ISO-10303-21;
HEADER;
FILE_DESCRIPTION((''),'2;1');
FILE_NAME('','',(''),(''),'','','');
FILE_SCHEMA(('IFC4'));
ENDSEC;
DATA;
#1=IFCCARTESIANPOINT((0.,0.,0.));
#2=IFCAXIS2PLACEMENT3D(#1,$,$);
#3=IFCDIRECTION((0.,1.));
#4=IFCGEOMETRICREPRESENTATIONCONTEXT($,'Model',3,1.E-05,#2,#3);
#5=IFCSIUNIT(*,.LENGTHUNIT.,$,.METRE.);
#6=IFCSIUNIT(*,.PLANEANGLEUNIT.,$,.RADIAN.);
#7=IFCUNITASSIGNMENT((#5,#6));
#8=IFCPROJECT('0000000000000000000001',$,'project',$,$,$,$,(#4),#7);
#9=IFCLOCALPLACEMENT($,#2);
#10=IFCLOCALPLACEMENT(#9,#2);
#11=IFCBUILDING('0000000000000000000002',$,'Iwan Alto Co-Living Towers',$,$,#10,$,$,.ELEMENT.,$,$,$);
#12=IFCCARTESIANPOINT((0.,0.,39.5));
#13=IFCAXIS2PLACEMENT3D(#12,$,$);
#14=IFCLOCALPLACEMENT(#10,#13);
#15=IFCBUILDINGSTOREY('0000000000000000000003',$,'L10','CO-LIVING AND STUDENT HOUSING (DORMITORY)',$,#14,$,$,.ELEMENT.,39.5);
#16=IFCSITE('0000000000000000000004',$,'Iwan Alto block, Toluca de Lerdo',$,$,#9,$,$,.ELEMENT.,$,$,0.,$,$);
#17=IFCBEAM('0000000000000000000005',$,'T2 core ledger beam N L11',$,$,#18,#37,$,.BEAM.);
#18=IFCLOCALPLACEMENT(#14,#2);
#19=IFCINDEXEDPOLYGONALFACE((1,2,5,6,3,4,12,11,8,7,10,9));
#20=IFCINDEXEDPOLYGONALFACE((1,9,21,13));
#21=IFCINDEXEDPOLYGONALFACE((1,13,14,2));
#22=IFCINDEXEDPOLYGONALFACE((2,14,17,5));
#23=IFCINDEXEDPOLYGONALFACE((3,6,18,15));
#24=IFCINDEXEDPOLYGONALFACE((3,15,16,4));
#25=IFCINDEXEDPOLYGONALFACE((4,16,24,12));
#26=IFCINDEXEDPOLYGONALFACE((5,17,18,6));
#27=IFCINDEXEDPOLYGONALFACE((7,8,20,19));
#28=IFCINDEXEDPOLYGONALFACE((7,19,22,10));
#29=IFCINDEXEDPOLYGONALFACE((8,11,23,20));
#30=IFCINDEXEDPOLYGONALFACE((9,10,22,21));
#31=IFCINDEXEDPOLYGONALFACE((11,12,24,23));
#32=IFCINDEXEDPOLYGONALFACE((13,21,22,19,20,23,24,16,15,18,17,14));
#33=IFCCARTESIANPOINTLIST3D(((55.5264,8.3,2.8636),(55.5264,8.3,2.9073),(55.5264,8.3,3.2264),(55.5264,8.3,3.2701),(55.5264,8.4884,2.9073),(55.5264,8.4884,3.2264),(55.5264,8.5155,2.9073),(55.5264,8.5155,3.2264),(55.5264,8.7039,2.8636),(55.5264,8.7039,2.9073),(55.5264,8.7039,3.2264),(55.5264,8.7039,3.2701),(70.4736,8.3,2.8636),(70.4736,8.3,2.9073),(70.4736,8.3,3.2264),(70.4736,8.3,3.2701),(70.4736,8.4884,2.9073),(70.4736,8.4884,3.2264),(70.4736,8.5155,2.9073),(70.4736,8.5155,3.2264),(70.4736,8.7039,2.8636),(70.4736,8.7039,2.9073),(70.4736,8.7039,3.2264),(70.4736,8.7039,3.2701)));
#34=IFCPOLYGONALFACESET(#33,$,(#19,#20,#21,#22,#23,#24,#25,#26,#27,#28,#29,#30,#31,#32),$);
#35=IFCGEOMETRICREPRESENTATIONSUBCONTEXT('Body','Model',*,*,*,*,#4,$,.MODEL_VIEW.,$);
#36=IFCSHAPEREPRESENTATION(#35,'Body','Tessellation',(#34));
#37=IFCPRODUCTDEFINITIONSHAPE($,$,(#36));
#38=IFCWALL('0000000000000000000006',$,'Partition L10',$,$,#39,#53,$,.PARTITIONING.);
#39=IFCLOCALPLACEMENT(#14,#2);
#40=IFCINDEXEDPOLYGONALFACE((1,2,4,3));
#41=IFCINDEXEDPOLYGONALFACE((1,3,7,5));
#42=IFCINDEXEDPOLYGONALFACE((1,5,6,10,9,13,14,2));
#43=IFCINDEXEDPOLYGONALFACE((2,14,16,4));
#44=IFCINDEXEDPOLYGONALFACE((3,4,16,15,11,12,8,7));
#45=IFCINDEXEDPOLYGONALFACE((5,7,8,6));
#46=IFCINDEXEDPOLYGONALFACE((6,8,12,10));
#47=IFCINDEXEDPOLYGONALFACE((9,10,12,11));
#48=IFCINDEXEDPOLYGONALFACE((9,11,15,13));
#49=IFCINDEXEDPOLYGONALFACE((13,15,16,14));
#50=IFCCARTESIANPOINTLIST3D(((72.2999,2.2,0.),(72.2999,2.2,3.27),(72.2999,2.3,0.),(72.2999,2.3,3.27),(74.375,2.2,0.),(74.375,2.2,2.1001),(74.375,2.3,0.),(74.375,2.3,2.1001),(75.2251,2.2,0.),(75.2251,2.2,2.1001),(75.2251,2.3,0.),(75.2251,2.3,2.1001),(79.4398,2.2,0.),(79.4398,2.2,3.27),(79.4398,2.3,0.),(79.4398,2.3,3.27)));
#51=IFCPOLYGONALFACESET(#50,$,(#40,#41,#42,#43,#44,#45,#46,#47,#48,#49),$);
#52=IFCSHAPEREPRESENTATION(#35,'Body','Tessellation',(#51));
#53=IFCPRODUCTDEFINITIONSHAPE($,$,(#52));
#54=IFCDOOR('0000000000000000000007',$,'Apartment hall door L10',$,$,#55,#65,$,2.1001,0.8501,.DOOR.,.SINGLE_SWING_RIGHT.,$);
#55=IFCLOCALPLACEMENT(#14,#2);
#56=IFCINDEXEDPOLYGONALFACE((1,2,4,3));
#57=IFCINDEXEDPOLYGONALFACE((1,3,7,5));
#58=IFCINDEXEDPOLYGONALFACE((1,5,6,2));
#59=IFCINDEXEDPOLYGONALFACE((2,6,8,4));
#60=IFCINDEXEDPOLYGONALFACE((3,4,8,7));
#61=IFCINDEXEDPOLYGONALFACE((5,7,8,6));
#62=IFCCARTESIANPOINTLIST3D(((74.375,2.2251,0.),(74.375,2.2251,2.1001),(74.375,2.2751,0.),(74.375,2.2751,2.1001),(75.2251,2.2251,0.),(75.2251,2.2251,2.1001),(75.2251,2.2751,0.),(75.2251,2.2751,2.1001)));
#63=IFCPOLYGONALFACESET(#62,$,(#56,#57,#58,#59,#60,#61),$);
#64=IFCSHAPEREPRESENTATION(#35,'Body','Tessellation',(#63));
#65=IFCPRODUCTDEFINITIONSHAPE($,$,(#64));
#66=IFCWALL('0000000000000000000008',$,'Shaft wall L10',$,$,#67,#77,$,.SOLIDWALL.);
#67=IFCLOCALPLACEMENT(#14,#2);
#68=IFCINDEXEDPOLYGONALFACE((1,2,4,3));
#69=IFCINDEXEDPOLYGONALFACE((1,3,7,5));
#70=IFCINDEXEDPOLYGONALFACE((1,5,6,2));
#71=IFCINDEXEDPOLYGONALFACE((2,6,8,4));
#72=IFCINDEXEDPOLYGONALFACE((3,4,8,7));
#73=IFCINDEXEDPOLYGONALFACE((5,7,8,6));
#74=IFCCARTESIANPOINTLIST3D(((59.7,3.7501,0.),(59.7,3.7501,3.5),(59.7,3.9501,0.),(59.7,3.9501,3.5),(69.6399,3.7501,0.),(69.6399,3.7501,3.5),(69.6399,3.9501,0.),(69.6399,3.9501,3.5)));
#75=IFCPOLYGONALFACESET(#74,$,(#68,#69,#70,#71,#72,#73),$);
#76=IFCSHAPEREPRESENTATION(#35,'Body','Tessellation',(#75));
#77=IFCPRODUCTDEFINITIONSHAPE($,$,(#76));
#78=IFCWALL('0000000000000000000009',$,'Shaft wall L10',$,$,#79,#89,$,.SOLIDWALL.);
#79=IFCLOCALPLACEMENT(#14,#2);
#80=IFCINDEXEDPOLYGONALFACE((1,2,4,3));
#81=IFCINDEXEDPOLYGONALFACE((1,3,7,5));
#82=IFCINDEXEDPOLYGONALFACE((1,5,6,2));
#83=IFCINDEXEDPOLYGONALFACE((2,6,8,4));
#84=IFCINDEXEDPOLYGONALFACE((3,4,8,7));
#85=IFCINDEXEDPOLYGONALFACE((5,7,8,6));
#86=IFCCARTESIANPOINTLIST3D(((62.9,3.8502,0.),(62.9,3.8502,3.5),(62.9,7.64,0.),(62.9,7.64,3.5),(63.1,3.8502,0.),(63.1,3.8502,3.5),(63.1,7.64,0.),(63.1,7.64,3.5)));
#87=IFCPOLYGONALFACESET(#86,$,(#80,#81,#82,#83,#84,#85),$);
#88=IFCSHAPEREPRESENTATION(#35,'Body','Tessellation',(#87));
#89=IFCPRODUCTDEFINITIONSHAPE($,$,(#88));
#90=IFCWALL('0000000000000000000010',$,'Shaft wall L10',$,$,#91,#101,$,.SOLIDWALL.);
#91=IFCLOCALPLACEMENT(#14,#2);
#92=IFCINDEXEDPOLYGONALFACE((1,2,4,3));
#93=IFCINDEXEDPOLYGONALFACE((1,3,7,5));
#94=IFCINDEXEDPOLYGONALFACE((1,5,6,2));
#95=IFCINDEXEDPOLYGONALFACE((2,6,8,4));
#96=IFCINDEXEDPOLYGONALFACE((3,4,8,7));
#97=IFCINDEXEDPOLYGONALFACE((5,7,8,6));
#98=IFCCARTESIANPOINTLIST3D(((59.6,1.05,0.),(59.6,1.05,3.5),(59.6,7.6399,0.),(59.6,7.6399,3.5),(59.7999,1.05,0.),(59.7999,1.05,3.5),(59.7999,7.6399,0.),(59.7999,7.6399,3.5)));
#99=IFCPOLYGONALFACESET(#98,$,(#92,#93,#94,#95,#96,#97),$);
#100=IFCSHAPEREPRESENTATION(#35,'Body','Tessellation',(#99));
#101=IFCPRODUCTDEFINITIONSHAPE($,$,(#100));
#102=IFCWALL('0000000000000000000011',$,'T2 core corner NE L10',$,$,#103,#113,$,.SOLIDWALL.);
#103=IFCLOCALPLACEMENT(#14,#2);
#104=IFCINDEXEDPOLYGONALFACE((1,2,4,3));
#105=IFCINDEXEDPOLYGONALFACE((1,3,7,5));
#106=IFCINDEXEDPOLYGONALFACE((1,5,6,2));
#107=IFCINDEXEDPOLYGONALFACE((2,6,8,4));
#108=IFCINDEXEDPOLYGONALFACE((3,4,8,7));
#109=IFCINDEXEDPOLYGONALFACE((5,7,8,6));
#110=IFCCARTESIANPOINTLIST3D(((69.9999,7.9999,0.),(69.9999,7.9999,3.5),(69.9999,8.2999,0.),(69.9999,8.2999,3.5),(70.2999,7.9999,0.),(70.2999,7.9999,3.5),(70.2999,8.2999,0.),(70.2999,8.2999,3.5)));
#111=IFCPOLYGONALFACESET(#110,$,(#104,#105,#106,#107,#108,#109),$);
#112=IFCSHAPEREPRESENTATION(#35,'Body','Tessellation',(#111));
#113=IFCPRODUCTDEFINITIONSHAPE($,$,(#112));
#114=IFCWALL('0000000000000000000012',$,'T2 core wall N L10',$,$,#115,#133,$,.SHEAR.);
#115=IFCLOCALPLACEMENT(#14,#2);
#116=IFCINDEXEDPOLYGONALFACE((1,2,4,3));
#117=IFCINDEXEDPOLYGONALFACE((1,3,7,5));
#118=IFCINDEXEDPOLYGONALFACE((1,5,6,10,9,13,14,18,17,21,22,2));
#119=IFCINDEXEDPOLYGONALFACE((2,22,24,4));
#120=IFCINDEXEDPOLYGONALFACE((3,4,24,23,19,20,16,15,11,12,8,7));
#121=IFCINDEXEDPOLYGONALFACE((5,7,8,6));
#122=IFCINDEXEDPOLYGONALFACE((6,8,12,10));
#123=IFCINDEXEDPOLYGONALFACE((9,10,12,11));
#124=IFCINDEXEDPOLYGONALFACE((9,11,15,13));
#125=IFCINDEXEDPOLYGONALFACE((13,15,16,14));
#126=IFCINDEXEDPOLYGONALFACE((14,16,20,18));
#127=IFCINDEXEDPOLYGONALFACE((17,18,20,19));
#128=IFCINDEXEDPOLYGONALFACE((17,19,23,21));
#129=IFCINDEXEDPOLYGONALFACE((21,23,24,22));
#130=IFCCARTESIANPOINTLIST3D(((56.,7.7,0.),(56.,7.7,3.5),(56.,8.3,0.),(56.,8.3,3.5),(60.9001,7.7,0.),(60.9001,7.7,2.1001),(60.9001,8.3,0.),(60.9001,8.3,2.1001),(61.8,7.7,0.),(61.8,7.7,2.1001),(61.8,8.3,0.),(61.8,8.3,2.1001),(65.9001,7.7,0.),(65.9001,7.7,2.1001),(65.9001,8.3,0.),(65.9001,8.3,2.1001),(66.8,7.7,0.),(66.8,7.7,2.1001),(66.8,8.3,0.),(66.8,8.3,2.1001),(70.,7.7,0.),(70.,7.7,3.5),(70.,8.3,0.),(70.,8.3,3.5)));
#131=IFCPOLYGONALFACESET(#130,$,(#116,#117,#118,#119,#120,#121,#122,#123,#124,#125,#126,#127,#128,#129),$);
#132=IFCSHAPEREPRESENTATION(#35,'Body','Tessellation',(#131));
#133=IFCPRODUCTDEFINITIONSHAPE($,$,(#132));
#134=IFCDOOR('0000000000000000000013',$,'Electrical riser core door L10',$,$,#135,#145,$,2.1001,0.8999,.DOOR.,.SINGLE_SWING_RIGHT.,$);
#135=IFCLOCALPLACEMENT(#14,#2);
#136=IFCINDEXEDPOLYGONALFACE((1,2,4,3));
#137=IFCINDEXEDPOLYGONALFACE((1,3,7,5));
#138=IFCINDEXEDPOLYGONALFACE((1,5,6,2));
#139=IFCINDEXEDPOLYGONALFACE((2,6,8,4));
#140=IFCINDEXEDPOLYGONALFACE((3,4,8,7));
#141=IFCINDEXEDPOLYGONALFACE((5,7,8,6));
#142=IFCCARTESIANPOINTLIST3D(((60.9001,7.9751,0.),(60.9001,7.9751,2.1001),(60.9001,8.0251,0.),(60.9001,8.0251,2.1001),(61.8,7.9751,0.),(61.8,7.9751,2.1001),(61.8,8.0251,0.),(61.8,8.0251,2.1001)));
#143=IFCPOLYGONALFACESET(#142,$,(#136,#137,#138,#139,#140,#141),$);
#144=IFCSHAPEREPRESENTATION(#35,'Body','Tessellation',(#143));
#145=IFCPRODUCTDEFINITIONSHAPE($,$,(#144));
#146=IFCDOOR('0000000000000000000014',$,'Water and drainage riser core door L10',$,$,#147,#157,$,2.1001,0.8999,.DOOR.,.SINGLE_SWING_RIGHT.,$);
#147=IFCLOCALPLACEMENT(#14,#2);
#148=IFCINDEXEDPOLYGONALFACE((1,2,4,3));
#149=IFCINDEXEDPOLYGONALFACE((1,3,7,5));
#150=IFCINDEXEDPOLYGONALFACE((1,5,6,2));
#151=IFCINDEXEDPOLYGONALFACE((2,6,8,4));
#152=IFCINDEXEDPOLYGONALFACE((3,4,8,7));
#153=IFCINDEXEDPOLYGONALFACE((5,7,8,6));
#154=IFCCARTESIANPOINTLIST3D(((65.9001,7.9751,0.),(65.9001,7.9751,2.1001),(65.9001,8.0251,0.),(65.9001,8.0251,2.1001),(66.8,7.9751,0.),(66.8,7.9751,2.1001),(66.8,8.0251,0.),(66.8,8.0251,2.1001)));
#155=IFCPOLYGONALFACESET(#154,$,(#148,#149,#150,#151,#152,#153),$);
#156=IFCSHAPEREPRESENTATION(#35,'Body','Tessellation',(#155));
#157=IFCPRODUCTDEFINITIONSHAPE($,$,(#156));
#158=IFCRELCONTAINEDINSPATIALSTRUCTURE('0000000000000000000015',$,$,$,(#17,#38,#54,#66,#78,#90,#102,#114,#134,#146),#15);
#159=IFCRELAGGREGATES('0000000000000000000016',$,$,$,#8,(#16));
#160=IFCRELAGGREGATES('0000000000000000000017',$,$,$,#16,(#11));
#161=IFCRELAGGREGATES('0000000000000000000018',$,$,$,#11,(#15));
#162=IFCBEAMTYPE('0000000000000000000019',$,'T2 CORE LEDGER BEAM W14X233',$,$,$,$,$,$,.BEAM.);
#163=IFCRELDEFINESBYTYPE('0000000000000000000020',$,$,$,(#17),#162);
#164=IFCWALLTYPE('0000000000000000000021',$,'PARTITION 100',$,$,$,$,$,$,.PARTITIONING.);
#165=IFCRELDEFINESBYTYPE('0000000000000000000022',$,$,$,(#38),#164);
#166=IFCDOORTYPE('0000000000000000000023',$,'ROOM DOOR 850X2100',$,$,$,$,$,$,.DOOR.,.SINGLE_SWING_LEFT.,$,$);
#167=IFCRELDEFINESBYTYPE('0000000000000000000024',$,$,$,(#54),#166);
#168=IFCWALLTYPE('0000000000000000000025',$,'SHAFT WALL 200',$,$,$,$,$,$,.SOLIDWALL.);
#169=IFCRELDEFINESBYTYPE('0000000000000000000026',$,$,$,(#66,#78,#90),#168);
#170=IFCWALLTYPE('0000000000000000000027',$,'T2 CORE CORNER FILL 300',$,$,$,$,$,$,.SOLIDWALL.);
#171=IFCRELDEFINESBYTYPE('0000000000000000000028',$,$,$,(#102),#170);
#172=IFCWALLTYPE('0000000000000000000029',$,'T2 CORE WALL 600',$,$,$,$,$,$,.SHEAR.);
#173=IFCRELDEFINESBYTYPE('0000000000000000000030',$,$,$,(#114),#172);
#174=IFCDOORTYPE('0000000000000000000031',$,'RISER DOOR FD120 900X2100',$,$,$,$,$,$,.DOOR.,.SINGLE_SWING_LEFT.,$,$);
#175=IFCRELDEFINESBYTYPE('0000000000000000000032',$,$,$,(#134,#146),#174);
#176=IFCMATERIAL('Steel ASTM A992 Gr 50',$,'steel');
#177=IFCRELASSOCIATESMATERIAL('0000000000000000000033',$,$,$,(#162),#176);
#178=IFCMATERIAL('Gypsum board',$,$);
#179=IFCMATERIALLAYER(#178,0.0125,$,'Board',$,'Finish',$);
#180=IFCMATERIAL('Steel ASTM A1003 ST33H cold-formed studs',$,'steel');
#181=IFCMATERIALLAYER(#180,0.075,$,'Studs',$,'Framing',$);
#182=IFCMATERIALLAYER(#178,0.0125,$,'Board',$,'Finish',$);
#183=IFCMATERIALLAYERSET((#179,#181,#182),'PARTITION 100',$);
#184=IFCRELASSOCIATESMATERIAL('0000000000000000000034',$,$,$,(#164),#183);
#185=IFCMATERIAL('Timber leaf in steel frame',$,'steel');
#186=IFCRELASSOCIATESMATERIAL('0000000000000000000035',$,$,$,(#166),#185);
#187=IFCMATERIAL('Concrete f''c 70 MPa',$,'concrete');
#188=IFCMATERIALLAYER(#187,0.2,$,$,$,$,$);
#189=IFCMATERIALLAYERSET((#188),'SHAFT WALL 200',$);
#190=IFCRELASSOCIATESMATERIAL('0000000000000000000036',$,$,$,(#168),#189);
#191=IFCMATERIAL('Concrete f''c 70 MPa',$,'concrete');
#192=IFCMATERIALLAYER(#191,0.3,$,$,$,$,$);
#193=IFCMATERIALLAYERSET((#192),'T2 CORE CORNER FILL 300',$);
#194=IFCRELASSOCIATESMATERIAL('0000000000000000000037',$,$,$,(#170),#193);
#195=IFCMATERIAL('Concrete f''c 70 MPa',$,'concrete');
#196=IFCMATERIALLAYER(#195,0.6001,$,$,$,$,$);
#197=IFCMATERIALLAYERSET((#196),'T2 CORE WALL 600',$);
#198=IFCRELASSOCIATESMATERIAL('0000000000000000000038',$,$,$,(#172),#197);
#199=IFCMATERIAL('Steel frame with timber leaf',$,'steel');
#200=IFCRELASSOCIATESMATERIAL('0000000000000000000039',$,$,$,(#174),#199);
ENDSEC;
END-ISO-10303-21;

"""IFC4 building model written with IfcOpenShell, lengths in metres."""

from ifc_helpers import new_model, si_unit, direction, frame, frame_2d, origin, origin_2d, place, context, subcontext, project, spatial, rectangle, i_section, extrude, material, layer, layer_set, material_profile, profile_set, type_object, element, fill, save


model = new_model("IFC4")

# Units and contexts
model_context = context("Model", 3, precision=1e-05, world=origin(), true_north=direction((0.0, 1.0)))
body_context = subcontext(model_context, "Body", "Model", "MODEL_VIEW")
ifc_project = project(units=[si_unit("LENGTHUNIT", "METRE"), si_unit("PLANEANGLEUNIT", "RADIAN")], contexts=[model_context])

# Site, building, storey
site_placement = place(None, origin())
site = spatial("IfcSite", under=ifc_project, at=site_placement, Name="Iwan Alto block, Toluca de Lerdo", CompositionType="ELEMENT", RefElevation=0.0)
building_placement = place(site_placement, origin())
building = spatial("IfcBuilding", under=site, at=building_placement, Name="Iwan Alto Co-Living Towers", CompositionType="ELEMENT")
storey_placement = place(building_placement, frame((0.0, 0.0, 39.5)))
storey = spatial("IfcBuildingStorey", under=building, at=storey_placement, Name="L10", Description="CO-LIVING AND STUDENT HOUSING (DORMITORY)", CompositionType="ELEMENT", Elevation=39.5)

# Beam
ifc_material_1 = material(Name="Steel ASTM A992 Gr 50", Category="steel")
ifc_material_profile = material_profile(ifc_material_1, i_section(OverallWidth=0.4038, OverallDepth=0.4065, WebThickness=0.0271, FlangeThickness=0.0437, at=origin_2d()), Name="W14X233")
ifc_profile_set = profile_set([ifc_material_profile], Name="Steel ASTM A992 Gr 50")
beam_type = type_object("IfcBeamType", Name="T2 CORE LEDGER BEAM W14X233", PredefinedType="BEAM", material=ifc_profile_set)
beam_placement = place(storey_placement, frame((70.4736, 8.502, 3.0669), z_axis=(-1.0, 0.0, 0.0), x_axis=(0.0, -1.0, 0.0)))
element("IfcBeam", 1, at=beam_placement, inside=storey, type_object=beam_type, Name="T2 core ledger beam N L11", PredefinedType="BEAM", context=body_context, shape_type="SweptSolid", body=[
    extrude(i_section(OverallWidth=0.4038, OverallDepth=0.4065, WebThickness=0.0271, FlangeThickness=0.0437, at=origin_2d()), origin(), (0.0, 0.0, 1.0), 14.9473),
])

# Wall, opening, door
ifc_material_2 = material(Name="Gypsum board")
ifc_layer_1 = layer(ifc_material_2, 0.0125, Name="Board", Category="Finish")
ifc_material_3 = material(Name="Steel ASTM A1003 ST33H cold-formed studs", Category="steel")
ifc_layer_2 = layer(ifc_material_3, 0.075, Name="Studs", Category="Framing")
ifc_layer_3 = layer(ifc_material_2, 0.0125, Name="Board", Category="Finish")
ifc_layer_set_1 = layer_set([ifc_layer_1, ifc_layer_2, ifc_layer_3], Name="PARTITION 100")
wall_type_1 = type_object("IfcWallType", Name="PARTITION 100", PredefinedType="PARTITIONING", material=ifc_layer_set_1)
wall_1_placement = place(storey_placement, frame((72.3, 2.25, 0.0), z_axis=(0.0, 0.0, 1.0), x_axis=(1.0, 0.0, 0.0)))
wall_1 = element("IfcWall", 2, at=wall_1_placement, inside=storey, type_object=wall_type_1, Name="Partition L10", PredefinedType="PARTITIONING", context=body_context, shape_type="SweptSolid", body=[
    extrude(rectangle(XDim=7.1399, YDim=0.1001, at=frame_2d((3.5698, 0.0))), origin(), (0.0, 0.0, 1.0), 3.27),
])
opening_1_placement = place(wall_1_placement, frame((2.075, 0.0, 0.0)))
opening_1 = element("IfcOpeningElement", 3, at=opening_1_placement, cuts=wall_1, PredefinedType="OPENING", context=body_context, shape_type="SweptSolid", body=[
    extrude(rectangle(XDim=0.8501, YDim=2.1001, at=frame_2d((0.425, 1.05))), frame((0.0, 0.0601, 0.0), z_axis=(0.0, -1.0, 0.0), x_axis=(1.0, 0.0, 0.0)), (0.0, 0.0, 1.0), 0.1201),
])
ifc_material_4 = material(Name="Timber leaf in steel frame", Category="steel")
door_type_1 = type_object("IfcDoorType", Name="ROOM DOOR 850X2100", OperationType="SINGLE_SWING_LEFT", PredefinedType="DOOR", material=ifc_material_4)
door_1_placement = place(opening_1_placement, frame((0.8501, 0.0, 0.0), z_axis=(0.0, 0.0, 1.0), x_axis=(-1.0, 0.0, 0.0)))
door_1 = element("IfcDoor", 4, at=door_1_placement, inside=storey, type_object=door_type_1, Name="Apartment hall door L10", OperationType="SINGLE_SWING_RIGHT", OverallHeight=2.1001, OverallWidth=0.8501, PredefinedType="DOOR", context=body_context, shape_type="SweptSolid", body=[
    extrude(rectangle(XDim=0.8501, YDim=2.1001, at=frame_2d((0.425, 1.05))), frame((0.0, 0.0249, 0.0), z_axis=(0.0, -1.0, 0.0), x_axis=(1.0, 0.0, 0.0)), (0.0, 0.0, 1.0), 0.05),
])
fill(opening_1, door_1)

# Walls
ifc_material_5 = material(Name="Concrete f'c 70 MPa", Category="concrete")
ifc_layer_4 = layer(ifc_material_5, 0.2)
ifc_layer_set_2 = layer_set([ifc_layer_4], Name="SHAFT WALL 200")
wall_type_2 = type_object("IfcWallType", Name="SHAFT WALL 200", PredefinedType="SOLIDWALL", material=ifc_layer_set_2)
wall_2_placement = place(storey_placement, frame((59.7, 3.8501, 0.0), z_axis=(0.0, 0.0, 1.0), x_axis=(1.0, 0.0, 0.0)))
element("IfcWall", 5, at=wall_2_placement, inside=storey, type_object=wall_type_2, Name="Shaft wall L10", PredefinedType="SOLIDWALL", context=body_context, shape_type="SweptSolid", body=[
    extrude(rectangle(XDim=9.9399, YDim=0.2, at=frame_2d((4.97, 0.0))), origin(), (0.0, 0.0, 1.0), 3.5),
])
wall_3_placement = place(storey_placement, frame((63.0, 3.8501, 0.0), z_axis=(0.0, 0.0, 1.0), x_axis=(0.0, 1.0, 0.0)))
element("IfcWall", 6, at=wall_3_placement, inside=storey, type_object=wall_type_2, Name="Shaft wall L10", PredefinedType="SOLIDWALL", context=body_context, shape_type="SweptSolid", body=[
    extrude(rectangle(XDim=3.7898, YDim=0.2, at=frame_2d((1.895, 0.0))), origin(), (0.0, 0.0, 1.0), 3.5),
])
wall_4_placement = place(storey_placement, frame((59.7, 1.05, 0.0), z_axis=(0.0, 0.0, 1.0), x_axis=(0.0, 1.0, 0.0)))
element("IfcWall", 7, at=wall_4_placement, inside=storey, type_object=wall_type_2, Name="Shaft wall L10", PredefinedType="SOLIDWALL", context=body_context, shape_type="SweptSolid", body=[
    extrude(rectangle(XDim=6.5898, YDim=0.2, at=frame_2d((3.2949, 0.0))), origin(), (0.0, 0.0, 1.0), 3.5),
])
ifc_material_6 = material(Name="Concrete f'c 70 MPa", Category="concrete")
ifc_layer_5 = layer(ifc_material_6, 0.3)
ifc_layer_set_3 = layer_set([ifc_layer_5], Name="T2 CORE CORNER FILL 300")
wall_type_3 = type_object("IfcWallType", Name="T2 CORE CORNER FILL 300", PredefinedType="SOLIDWALL", material=ifc_layer_set_3)
wall_5_placement = place(storey_placement, frame((70.0, 8.1499, 0.0), z_axis=(0.0, 0.0, 1.0), x_axis=(1.0, 0.0, 0.0)))
element("IfcWall", 8, at=wall_5_placement, inside=storey, type_object=wall_type_3, Name="T2 core corner NE L10", PredefinedType="SOLIDWALL", context=body_context, shape_type="SweptSolid", body=[
    extrude(rectangle(XDim=0.3, YDim=0.3, at=frame_2d((0.1499, 0.0))), origin(), (0.0, 0.0, 1.0), 3.5),
])

# Wall, openings, doors
ifc_material_7 = material(Name="Concrete f'c 70 MPa", Category="concrete")
ifc_layer_6 = layer(ifc_material_7, 0.6001)
ifc_layer_set_4 = layer_set([ifc_layer_6], Name="T2 CORE WALL 600")
wall_type_4 = type_object("IfcWallType", Name="T2 CORE WALL 600", PredefinedType="SHEAR", material=ifc_layer_set_4)
wall_6_placement = place(storey_placement, frame((70.0, 8.0, 0.0), z_axis=(0.0, 0.0, 1.0), x_axis=(-1.0, 0.0, 0.0)))
wall_6 = element("IfcWall", 9, at=wall_6_placement, inside=storey, type_object=wall_type_4, Name="T2 core wall N L10", PredefinedType="SHEAR", context=body_context, shape_type="SweptSolid", body=[
    extrude(rectangle(XDim=14.0, YDim=0.6001, at=frame_2d((7.0, 0.0))), origin(), (0.0, 0.0, 1.0), 3.5),
])
opening_2_placement = place(wall_6_placement, frame((8.2, 0.0, 0.0)))
opening_2 = element("IfcOpeningElement", 10, at=opening_2_placement, cuts=wall_6, PredefinedType="OPENING", context=body_context, shape_type="SweptSolid", body=[
    extrude(rectangle(XDim=0.8999, YDim=2.1001, at=frame_2d((0.45, 1.05))), frame((0.0, 0.3101, 0.0), z_axis=(0.0, -1.0, 0.0), x_axis=(1.0, 0.0, 0.0)), (0.0, 0.0, 1.0), 0.6201),
])
opening_3_placement = place(wall_6_placement, frame((3.2, 0.0, 0.0)))
opening_3 = element("IfcOpeningElement", 11, at=opening_3_placement, cuts=wall_6, PredefinedType="OPENING", context=body_context, shape_type="SweptSolid", body=[
    extrude(rectangle(XDim=0.8999, YDim=2.1001, at=frame_2d((0.45, 1.05))), frame((0.0, 0.3101, 0.0), z_axis=(0.0, -1.0, 0.0), x_axis=(1.0, 0.0, 0.0)), (0.0, 0.0, 1.0), 0.6201),
])
ifc_material_8 = material(Name="Steel frame with timber leaf", Category="steel")
door_type_2 = type_object("IfcDoorType", Name="RISER DOOR FD120 900X2100", OperationType="SINGLE_SWING_LEFT", PredefinedType="DOOR", material=ifc_material_8)
door_2_placement = place(opening_2_placement, origin())
door_2 = element("IfcDoor", 12, at=door_2_placement, inside=storey, type_object=door_type_2, Name="Electrical riser core door L10", OperationType="SINGLE_SWING_RIGHT", OverallHeight=2.1001, OverallWidth=0.8999, PredefinedType="DOOR", context=body_context, shape_type="SweptSolid", body=[
    extrude(rectangle(XDim=0.8999, YDim=2.1001, at=frame_2d((0.45, 1.05))), frame((0.0, 0.0249, 0.0), z_axis=(0.0, -1.0, 0.0), x_axis=(1.0, 0.0, 0.0)), (0.0, 0.0, 1.0), 0.05),
])
fill(opening_2, door_2)
door_3_placement = place(opening_3_placement, origin())
door_3 = element("IfcDoor", 13, at=door_3_placement, inside=storey, type_object=door_type_2, Name="Water and drainage riser core door L10", OperationType="SINGLE_SWING_RIGHT", OverallHeight=2.1001, OverallWidth=0.8999, PredefinedType="DOOR", context=body_context, shape_type="SweptSolid", body=[
    extrude(rectangle(XDim=0.8999, YDim=2.1001, at=frame_2d((0.45, 1.05))), frame((0.0, 0.0249, 0.0), z_axis=(0.0, -1.0, 0.0), x_axis=(1.0, 0.0, 0.0)), (0.0, 0.0, 1.0), 0.05),
])
fill(opening_3, door_3)

save(model, "model.ifc")
